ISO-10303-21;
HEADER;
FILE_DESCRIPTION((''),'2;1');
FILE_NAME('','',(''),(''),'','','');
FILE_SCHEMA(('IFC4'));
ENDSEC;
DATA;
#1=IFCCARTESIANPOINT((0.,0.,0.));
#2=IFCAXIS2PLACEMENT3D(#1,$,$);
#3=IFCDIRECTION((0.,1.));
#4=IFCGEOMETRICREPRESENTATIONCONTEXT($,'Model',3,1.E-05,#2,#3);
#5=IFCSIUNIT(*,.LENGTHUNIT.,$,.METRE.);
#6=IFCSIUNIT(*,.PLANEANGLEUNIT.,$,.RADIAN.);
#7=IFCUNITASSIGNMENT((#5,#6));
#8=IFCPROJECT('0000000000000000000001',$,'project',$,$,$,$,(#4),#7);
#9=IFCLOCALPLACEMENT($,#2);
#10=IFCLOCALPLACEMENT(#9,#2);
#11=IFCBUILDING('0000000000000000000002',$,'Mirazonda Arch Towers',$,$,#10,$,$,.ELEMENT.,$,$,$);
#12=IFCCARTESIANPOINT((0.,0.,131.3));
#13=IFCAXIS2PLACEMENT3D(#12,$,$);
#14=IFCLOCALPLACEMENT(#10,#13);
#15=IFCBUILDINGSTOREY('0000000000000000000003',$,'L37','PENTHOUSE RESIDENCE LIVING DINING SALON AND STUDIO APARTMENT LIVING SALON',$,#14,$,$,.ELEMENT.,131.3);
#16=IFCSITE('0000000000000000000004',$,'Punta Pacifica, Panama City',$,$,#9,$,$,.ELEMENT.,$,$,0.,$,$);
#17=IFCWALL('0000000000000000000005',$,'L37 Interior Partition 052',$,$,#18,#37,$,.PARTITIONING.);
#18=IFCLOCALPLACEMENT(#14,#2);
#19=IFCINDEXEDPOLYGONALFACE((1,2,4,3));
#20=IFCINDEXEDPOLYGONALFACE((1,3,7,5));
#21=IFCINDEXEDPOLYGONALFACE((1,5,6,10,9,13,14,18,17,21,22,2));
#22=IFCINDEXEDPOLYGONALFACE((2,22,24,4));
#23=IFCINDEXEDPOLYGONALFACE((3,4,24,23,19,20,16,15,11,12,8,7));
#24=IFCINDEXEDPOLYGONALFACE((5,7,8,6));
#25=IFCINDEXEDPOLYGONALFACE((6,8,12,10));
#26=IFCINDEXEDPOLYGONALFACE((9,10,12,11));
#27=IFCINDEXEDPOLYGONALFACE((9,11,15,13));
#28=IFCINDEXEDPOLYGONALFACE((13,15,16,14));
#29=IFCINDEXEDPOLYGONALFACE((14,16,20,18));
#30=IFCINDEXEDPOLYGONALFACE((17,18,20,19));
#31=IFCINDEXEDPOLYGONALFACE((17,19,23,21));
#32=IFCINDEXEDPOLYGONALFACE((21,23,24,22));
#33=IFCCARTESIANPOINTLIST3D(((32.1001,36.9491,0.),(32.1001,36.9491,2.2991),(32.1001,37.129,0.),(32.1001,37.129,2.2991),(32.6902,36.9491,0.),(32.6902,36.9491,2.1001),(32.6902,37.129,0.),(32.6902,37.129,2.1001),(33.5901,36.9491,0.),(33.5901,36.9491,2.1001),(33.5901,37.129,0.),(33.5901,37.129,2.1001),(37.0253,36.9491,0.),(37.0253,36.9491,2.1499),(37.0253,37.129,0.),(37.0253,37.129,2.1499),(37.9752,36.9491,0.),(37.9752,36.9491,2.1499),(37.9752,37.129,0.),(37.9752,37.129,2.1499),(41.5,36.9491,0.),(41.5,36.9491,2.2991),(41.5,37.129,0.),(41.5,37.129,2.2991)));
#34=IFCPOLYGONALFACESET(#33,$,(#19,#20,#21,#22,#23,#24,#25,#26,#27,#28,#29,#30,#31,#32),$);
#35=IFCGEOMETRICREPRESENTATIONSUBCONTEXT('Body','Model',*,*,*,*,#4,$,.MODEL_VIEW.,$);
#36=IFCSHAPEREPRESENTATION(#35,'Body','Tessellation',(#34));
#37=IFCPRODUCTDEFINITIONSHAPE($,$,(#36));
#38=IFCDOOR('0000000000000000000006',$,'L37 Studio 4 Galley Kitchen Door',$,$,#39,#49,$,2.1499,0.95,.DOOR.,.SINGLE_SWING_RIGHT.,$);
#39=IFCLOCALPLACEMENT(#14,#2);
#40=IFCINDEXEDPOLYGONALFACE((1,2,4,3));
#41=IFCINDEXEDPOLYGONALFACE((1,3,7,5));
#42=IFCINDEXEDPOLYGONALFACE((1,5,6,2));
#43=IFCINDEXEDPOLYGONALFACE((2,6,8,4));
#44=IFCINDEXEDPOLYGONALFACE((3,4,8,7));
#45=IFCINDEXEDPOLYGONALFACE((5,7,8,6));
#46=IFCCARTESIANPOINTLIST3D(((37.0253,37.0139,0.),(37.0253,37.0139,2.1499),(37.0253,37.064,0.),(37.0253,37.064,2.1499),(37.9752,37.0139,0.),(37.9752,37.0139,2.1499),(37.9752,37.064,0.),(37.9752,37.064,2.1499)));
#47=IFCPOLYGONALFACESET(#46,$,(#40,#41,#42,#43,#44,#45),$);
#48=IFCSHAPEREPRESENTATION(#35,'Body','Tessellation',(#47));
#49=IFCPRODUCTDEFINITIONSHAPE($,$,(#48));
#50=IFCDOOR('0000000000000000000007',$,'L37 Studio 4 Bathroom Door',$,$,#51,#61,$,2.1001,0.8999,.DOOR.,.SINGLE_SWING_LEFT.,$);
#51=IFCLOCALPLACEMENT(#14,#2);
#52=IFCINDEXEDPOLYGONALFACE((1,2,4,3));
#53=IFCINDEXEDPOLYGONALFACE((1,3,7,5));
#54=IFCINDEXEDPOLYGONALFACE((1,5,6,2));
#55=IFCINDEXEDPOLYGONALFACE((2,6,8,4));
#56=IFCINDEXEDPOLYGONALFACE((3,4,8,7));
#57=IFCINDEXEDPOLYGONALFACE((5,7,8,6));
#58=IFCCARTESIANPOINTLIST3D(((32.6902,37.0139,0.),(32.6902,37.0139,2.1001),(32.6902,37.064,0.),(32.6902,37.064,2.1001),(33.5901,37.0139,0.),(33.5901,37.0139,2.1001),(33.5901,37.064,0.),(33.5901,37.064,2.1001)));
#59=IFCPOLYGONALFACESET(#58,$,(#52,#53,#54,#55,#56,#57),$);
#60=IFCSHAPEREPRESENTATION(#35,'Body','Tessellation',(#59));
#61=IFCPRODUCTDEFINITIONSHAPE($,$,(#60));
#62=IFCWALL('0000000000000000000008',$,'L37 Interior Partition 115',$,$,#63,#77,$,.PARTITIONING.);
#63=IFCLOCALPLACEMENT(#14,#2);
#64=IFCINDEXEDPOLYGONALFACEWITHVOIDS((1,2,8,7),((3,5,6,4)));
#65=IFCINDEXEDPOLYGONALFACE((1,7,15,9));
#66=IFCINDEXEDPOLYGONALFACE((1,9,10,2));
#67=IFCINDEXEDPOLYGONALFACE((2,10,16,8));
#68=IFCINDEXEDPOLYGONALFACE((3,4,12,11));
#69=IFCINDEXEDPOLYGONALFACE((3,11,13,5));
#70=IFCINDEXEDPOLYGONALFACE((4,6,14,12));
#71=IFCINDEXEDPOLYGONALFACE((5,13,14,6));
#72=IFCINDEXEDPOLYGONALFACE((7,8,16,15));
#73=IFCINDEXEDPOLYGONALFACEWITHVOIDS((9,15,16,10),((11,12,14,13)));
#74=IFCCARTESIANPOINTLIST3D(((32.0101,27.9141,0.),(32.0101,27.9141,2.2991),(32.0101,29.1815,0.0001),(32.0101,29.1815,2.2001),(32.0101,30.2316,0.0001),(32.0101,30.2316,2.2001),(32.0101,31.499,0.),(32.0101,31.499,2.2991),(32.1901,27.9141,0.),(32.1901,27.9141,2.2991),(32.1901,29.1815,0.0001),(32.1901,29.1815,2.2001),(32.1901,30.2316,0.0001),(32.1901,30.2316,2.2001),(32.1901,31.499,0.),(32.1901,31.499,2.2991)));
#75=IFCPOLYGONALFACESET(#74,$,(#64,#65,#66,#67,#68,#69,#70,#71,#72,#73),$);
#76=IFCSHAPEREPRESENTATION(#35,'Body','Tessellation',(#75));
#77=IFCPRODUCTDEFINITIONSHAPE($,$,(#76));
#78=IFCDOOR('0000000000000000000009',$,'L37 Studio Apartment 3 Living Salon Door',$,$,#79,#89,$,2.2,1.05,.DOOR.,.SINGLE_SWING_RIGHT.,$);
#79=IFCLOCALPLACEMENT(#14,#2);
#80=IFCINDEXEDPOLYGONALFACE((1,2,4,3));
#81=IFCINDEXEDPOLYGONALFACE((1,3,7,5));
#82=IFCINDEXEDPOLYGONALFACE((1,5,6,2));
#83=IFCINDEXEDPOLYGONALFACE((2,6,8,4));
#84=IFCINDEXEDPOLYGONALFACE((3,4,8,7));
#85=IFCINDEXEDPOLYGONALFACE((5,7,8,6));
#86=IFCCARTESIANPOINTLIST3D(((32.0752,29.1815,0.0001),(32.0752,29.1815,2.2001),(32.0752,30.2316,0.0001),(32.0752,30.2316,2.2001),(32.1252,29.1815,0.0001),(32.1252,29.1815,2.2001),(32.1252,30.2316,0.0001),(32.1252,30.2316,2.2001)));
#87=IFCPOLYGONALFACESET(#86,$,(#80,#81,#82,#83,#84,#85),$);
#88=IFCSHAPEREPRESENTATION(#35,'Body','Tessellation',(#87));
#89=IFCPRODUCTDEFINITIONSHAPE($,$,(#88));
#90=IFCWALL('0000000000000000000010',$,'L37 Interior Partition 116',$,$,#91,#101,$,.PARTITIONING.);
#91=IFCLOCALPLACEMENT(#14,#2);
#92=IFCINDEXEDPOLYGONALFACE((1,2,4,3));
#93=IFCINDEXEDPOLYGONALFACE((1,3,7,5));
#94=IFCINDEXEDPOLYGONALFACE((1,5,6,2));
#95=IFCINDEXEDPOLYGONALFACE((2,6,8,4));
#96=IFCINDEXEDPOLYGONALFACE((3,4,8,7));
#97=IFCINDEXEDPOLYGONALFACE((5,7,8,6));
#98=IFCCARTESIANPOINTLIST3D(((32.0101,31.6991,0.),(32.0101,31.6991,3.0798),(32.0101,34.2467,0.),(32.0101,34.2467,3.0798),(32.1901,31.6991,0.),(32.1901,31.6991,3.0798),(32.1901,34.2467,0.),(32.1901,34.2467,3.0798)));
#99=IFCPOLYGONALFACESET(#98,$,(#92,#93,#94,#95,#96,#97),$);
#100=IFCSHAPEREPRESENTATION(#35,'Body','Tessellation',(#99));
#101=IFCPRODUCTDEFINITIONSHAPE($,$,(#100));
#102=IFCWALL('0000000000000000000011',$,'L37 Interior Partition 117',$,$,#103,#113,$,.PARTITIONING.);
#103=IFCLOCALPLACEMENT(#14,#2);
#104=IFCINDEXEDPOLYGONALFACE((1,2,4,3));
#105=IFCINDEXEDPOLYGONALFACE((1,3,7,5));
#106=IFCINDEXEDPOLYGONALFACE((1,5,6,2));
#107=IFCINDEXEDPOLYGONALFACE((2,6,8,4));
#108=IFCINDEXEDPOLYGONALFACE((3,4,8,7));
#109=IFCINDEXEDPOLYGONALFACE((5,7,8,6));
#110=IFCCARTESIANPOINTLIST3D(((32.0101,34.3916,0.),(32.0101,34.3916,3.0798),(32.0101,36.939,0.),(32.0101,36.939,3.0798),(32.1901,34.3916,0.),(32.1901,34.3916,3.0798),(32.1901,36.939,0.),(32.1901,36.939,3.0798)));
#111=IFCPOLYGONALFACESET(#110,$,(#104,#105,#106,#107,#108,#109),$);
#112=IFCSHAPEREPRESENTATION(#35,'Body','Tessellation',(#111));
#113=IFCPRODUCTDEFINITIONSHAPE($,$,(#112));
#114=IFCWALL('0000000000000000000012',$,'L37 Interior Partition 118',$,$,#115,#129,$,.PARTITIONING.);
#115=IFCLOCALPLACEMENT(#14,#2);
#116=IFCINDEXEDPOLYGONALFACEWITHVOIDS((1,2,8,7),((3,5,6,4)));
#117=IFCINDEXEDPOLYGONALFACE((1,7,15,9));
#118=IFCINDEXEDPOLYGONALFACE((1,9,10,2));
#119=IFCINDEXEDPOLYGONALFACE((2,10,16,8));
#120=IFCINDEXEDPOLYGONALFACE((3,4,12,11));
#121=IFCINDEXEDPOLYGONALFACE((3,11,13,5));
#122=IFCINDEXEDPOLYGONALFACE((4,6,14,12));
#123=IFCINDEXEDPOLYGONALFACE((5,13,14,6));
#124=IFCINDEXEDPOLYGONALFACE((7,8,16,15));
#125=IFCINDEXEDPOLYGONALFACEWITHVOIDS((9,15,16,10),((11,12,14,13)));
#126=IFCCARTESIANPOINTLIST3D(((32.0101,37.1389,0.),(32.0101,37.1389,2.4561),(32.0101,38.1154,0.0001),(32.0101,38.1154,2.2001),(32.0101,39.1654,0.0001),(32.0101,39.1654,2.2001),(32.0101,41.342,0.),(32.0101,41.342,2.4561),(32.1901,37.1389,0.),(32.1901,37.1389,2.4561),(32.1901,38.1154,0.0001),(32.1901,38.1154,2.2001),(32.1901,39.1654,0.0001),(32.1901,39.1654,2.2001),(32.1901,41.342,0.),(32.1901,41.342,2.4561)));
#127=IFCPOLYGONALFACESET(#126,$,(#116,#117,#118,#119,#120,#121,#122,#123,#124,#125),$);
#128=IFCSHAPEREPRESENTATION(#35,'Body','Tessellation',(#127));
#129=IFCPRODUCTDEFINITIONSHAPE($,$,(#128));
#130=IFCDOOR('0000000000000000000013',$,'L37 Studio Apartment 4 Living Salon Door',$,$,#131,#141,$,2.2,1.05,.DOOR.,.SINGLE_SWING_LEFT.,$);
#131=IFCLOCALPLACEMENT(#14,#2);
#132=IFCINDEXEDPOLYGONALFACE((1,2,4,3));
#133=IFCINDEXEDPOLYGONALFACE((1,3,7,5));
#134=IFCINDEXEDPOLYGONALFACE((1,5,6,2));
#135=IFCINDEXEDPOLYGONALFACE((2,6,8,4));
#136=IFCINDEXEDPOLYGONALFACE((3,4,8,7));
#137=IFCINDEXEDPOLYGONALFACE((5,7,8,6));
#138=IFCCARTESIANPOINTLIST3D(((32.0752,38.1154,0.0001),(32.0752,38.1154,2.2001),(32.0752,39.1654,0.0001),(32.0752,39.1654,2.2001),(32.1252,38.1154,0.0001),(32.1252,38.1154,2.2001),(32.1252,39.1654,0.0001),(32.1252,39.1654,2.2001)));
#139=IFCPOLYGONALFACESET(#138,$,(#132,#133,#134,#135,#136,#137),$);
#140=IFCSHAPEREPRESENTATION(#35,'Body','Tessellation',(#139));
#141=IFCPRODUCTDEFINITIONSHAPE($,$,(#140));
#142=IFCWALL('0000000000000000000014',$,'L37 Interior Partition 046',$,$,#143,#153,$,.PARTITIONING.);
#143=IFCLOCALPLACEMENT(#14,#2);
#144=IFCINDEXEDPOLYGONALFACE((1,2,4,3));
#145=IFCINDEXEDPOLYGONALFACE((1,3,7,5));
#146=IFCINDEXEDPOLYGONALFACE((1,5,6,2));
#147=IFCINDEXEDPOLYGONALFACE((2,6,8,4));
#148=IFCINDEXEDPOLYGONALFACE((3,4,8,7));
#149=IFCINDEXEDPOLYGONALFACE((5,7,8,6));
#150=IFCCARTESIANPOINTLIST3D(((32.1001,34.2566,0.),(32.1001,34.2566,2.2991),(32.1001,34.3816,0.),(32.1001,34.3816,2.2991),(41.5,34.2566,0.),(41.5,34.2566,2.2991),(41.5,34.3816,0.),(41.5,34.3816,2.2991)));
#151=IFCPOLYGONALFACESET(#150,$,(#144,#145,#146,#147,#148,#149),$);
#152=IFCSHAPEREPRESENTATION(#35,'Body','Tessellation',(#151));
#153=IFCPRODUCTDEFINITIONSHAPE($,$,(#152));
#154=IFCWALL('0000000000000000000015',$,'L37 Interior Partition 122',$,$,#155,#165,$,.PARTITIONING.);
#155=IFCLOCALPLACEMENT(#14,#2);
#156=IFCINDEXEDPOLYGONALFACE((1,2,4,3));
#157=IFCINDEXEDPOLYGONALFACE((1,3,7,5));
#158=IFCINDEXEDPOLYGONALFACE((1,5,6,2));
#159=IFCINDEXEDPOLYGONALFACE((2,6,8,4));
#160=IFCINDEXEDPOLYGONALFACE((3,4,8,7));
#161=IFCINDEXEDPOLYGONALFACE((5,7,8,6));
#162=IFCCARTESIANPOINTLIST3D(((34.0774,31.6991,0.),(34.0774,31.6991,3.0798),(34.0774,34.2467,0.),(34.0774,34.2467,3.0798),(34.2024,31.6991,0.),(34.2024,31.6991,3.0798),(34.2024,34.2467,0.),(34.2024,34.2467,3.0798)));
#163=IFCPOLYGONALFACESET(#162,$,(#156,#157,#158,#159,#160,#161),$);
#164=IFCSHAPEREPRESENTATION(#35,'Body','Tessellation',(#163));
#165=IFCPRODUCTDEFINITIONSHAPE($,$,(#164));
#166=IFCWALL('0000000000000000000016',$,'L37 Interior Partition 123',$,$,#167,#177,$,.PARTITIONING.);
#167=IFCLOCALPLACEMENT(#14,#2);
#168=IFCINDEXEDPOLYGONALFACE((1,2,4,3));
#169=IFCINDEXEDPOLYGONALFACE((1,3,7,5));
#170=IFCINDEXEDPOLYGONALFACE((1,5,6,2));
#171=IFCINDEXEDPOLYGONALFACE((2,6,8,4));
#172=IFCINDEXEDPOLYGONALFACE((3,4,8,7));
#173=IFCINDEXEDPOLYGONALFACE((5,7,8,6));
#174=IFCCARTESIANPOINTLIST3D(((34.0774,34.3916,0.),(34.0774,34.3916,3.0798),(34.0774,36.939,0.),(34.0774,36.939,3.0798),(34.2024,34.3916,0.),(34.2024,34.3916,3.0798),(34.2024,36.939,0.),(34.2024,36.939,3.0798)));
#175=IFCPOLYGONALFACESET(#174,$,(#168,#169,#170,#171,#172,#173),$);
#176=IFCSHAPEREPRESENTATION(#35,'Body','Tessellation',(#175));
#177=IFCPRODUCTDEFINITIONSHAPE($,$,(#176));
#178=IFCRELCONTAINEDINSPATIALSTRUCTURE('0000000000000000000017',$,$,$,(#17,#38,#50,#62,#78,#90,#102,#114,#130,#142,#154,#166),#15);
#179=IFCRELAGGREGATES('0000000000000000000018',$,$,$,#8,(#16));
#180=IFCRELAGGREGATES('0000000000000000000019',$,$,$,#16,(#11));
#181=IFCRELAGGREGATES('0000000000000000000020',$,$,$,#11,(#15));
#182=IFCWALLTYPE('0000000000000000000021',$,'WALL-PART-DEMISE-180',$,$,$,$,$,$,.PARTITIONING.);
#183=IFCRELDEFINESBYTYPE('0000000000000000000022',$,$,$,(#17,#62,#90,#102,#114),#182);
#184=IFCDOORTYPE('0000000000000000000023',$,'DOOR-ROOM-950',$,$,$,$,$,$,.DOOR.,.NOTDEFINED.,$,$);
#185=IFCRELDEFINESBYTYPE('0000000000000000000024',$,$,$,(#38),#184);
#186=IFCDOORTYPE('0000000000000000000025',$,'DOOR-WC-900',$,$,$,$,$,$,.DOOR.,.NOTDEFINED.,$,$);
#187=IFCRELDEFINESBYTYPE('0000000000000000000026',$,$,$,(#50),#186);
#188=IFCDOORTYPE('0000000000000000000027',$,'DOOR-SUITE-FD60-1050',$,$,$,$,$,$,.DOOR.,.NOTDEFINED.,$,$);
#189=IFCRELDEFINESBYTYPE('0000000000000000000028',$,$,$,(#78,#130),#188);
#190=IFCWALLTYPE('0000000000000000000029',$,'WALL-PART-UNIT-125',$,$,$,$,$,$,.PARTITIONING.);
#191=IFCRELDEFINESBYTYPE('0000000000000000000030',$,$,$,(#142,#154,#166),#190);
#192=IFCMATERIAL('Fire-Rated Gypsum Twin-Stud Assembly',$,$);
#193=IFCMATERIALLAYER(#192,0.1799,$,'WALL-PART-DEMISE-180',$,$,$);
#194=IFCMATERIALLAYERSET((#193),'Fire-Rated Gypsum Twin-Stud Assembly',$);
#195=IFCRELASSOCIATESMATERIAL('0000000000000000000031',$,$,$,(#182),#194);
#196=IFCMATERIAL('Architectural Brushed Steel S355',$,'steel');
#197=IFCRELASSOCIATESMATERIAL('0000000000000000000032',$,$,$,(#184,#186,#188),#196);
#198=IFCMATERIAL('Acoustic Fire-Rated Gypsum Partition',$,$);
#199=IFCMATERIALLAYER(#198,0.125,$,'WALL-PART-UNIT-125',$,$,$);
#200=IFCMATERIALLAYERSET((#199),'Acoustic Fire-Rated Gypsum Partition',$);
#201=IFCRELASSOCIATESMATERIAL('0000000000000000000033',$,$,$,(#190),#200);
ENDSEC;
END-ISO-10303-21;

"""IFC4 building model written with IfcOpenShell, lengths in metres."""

from ifc_helpers import new_model, si_unit, direction, frame, frame_2d, origin, place, context, subcontext, project, spatial, rectangle, extrude, material, layer, layer_set, type_object, element, fill, save


model = new_model("IFC4")

# Units and contexts
model_context = context("Model", 3, precision=1e-05, world=origin(), true_north=direction((0.0, 1.0)))
body_context = subcontext(model_context, "Body", "Model", "MODEL_VIEW")
ifc_project = project(units=[si_unit("LENGTHUNIT", "METRE"), si_unit("PLANEANGLEUNIT", "RADIAN")], contexts=[model_context])

# Site, building, storey
site_placement = place(None, origin())
site = spatial("IfcSite", under=ifc_project, at=site_placement, Name="Punta Pacifica, Panama City", CompositionType="ELEMENT", RefElevation=0.0)
building_placement = place(site_placement, origin())
building = spatial("IfcBuilding", under=site, at=building_placement, Name="Mirazonda Arch Towers", CompositionType="ELEMENT")
storey_placement = place(building_placement, frame((0.0, 0.0, 131.3)))
storey = spatial("IfcBuildingStorey", under=building, at=storey_placement, Name="L37", Description="PENTHOUSE RESIDENCE LIVING DINING SALON AND STUDIO APARTMENT LIVING SALON", CompositionType="ELEMENT", Elevation=131.3)

# Shared definitions
ifc_material_1 = material(Name="Fire-Rated Gypsum Twin-Stud Assembly")
ifc_layer_1 = layer(ifc_material_1, 0.1799, Name="WALL-PART-DEMISE-180")
ifc_layer_set_1 = layer_set([ifc_layer_1], Name="Fire-Rated Gypsum Twin-Stud Assembly")
wall_type_1 = type_object("IfcWallType", Name="WALL-PART-DEMISE-180", PredefinedType="PARTITIONING", material=ifc_layer_set_1)

# Wall, openings, doors
ifc_material_2 = material(Name="Architectural Brushed Steel S355", Category="steel")
door_type_1 = type_object("IfcDoorType", Name="DOOR-ROOM-950", OperationType="NOTDEFINED", PredefinedType="DOOR", material=ifc_material_2)
door_type_2 = type_object("IfcDoorType", Name="DOOR-WC-900", OperationType="NOTDEFINED", PredefinedType="DOOR", material=ifc_material_2)
wall_1_placement = place(storey_placement, frame((32.1001, 37.0391, 0.0), z_axis=(0.0, 0.0, 1.0), x_axis=(1.0, 0.0, 0.0)))
wall_1 = element("IfcWall", 1, at=wall_1_placement, inside=storey, type_object=wall_type_1, Name="L37 Interior Partition 052", PredefinedType="PARTITIONING", context=body_context, shape_type="SweptSolid", body=[
    extrude(rectangle(XDim=9.3999, YDim=0.1799, at=frame_2d((4.7, 0.0))), origin(), (0.0, 0.0, 1.0), 2.2991),
])
opening_1_placement = place(wall_1_placement, frame((4.925, 0.0, 0.0)))
opening_1 = element("IfcOpeningElement", 2, at=opening_1_placement, cuts=wall_1, PredefinedType="OPENING", context=body_context, shape_type="SweptSolid", body=[
    extrude(rectangle(XDim=0.95, YDim=2.1499, at=frame_2d((0.4751, 1.075))), frame((0.0, 0.0999, 0.0), z_axis=(0.0, -1.0, 0.0), x_axis=(1.0, 0.0, 0.0)), (0.0, 0.0, 1.0), 0.2),
])
opening_2_placement = place(wall_1_placement, frame((0.5901, 0.0, 0.0)))
opening_2 = element("IfcOpeningElement", 3, at=opening_2_placement, cuts=wall_1, PredefinedType="OPENING", context=body_context, shape_type="SweptSolid", body=[
    extrude(rectangle(XDim=0.8999, YDim=2.1001, at=frame_2d((0.45, 1.05))), frame((0.0, 0.0999, 0.0), z_axis=(0.0, -1.0, 0.0), x_axis=(1.0, 0.0, 0.0)), (0.0, 0.0, 1.0), 0.2),
])
door_1_placement = place(opening_1_placement, origin())
door_1 = element("IfcDoor", 4, at=door_1_placement, inside=storey, type_object=door_type_1, Name="L37 Studio 4 Galley Kitchen Door", OperationType="SINGLE_SWING_RIGHT", OverallHeight=2.1499, OverallWidth=0.95, PredefinedType="DOOR", context=body_context, shape_type="SweptSolid", body=[
    extrude(rectangle(XDim=0.95, YDim=2.1499, at=frame_2d((0.4751, 1.075))), frame((0.0, 0.0249, 0.0), z_axis=(0.0, -1.0, 0.0), x_axis=(1.0, 0.0, 0.0)), (0.0, 0.0, 1.0), 0.05),
])
fill(opening_1, door_1)
door_2_placement = place(opening_2_placement, origin())
door_2 = element("IfcDoor", 5, at=door_2_placement, inside=storey, type_object=door_type_2, Name="L37 Studio 4 Bathroom Door", OperationType="SINGLE_SWING_LEFT", OverallHeight=2.1001, OverallWidth=0.8999, PredefinedType="DOOR", context=body_context, shape_type="SweptSolid", body=[
    extrude(rectangle(XDim=0.8999, YDim=2.1001, at=frame_2d((0.45, 1.05))), frame((0.0, 0.0249, 0.0), z_axis=(0.0, -1.0, 0.0), x_axis=(1.0, 0.0, 0.0)), (0.0, 0.0, 1.0), 0.05),
])
fill(opening_2, door_2)

# Wall, opening, door
wall_2_placement = place(storey_placement, frame((32.1001, 27.9141, 0.0), z_axis=(0.0, 0.0, 1.0), x_axis=(0.0, 1.0, 0.0)))
wall_2 = element("IfcWall", 6, at=wall_2_placement, inside=storey, type_object=wall_type_1, Name="L37 Interior Partition 115", PredefinedType="PARTITIONING", context=body_context, shape_type="SweptSolid", body=[
    extrude(rectangle(XDim=3.585, YDim=0.1799, at=frame_2d((1.7925, 0.0))), origin(), (0.0, 0.0, 1.0), 2.2991),
])
opening_3_placement = place(wall_2_placement, frame((1.2676, 0.0, 0.0)))
opening_3 = element("IfcOpeningElement", 7, at=opening_3_placement, cuts=wall_2, PredefinedType="OPENING", context=body_context, shape_type="SweptSolid", body=[
    extrude(rectangle(XDim=1.05, YDim=2.2, at=frame_2d((0.5249, 1.1001))), frame((0.0, 0.0999, 0.0), z_axis=(0.0, -1.0, 0.0), x_axis=(1.0, 0.0, 0.0)), (0.0, 0.0, 1.0), 0.2),
])
door_type_3 = type_object("IfcDoorType", Name="DOOR-SUITE-FD60-1050", OperationType="NOTDEFINED", PredefinedType="DOOR", material=ifc_material_2)
door_3_placement = place(opening_3_placement, origin())
door_3 = element("IfcDoor", 8, at=door_3_placement, inside=storey, type_object=door_type_3, Name="L37 Studio Apartment 3 Living Salon Door", OperationType="SINGLE_SWING_RIGHT", OverallHeight=2.2, OverallWidth=1.05, PredefinedType="DOOR", context=body_context, shape_type="SweptSolid", body=[
    extrude(rectangle(XDim=1.05, YDim=2.2, at=frame_2d((0.5249, 1.1001))), frame((0.0, 0.0249, 0.0), z_axis=(0.0, -1.0, 0.0), x_axis=(1.0, 0.0, 0.0)), (0.0, 0.0, 1.0), 0.05),
])
fill(opening_3, door_3)

# Walls
wall_3_placement = place(storey_placement, frame((32.1001, 31.699, 0.0), z_axis=(0.0, 0.0, 1.0), x_axis=(0.0, 1.0, 0.0)))
element("IfcWall", 9, at=wall_3_placement, inside=storey, type_object=wall_type_1, Name="L37 Interior Partition 116", PredefinedType="PARTITIONING", context=body_context, shape_type="SweptSolid", body=[
    extrude(rectangle(XDim=2.5476, YDim=0.1799, at=frame_2d((1.2739, 0.0))), origin(), (0.0, 0.0, 1.0), 3.0798),
])
wall_4_placement = place(storey_placement, frame((32.1001, 34.3916, 0.0), z_axis=(0.0, 0.0, 1.0), x_axis=(0.0, 1.0, 0.0)))
element("IfcWall", 10, at=wall_4_placement, inside=storey, type_object=wall_type_1, Name="L37 Interior Partition 117", PredefinedType="PARTITIONING", context=body_context, shape_type="SweptSolid", body=[
    extrude(rectangle(XDim=2.5474, YDim=0.1799, at=frame_2d((1.2737, 0.0))), origin(), (0.0, 0.0, 1.0), 3.0798),
])

# Wall, opening, door
wall_5_placement = place(storey_placement, frame((32.1001, 37.1389, 0.0), z_axis=(0.0, 0.0, 1.0), x_axis=(0.0, 1.0, 0.0)))
wall_5 = element("IfcWall", 11, at=wall_5_placement, inside=storey, type_object=wall_type_1, Name="L37 Interior Partition 118", PredefinedType="PARTITIONING", context=body_context, shape_type="SweptSolid", body=[
    extrude(rectangle(XDim=4.2031, YDim=0.1799, at=frame_2d((2.1016, 0.0))), origin(), (0.0, 0.0, 1.0), 2.4561),
])
opening_4_placement = place(wall_5_placement, frame((0.9766, 0.0, 0.0)))
opening_4 = element("IfcOpeningElement", 12, at=opening_4_placement, cuts=wall_5, PredefinedType="OPENING", context=body_context, shape_type="SweptSolid", body=[
    extrude(rectangle(XDim=1.05, YDim=2.2, at=frame_2d((0.5249, 1.1001))), frame((0.0, 0.0999, 0.0), z_axis=(0.0, -1.0, 0.0), x_axis=(1.0, 0.0, 0.0)), (0.0, 0.0, 1.0), 0.2),
])
door_4_placement = place(opening_4_placement, origin())
door_4 = element("IfcDoor", 13, at=door_4_placement, inside=storey, type_object=door_type_3, Name="L37 Studio Apartment 4 Living Salon Door", OperationType="SINGLE_SWING_LEFT", OverallHeight=2.2, OverallWidth=1.05, PredefinedType="DOOR", context=body_context, shape_type="SweptSolid", body=[
    extrude(rectangle(XDim=1.05, YDim=2.2, at=frame_2d((0.5249, 1.1001))), frame((0.0, 0.0249, 0.0), z_axis=(0.0, -1.0, 0.0), x_axis=(1.0, 0.0, 0.0)), (0.0, 0.0, 1.0), 0.05),
])
fill(opening_4, door_4)

# Walls
ifc_material_3 = material(Name="Acoustic Fire-Rated Gypsum Partition")
ifc_layer_2 = layer(ifc_material_3, 0.125, Name="WALL-PART-UNIT-125")
ifc_layer_set_2 = layer_set([ifc_layer_2], Name="Acoustic Fire-Rated Gypsum Partition")
wall_type_2 = type_object("IfcWallType", Name="WALL-PART-UNIT-125", PredefinedType="PARTITIONING", material=ifc_layer_set_2)
wall_6_placement = place(storey_placement, frame((32.1001, 34.3191, 0.0), z_axis=(0.0, 0.0, 1.0), x_axis=(1.0, 0.0, 0.0)))
element("IfcWall", 14, at=wall_6_placement, inside=storey, type_object=wall_type_2, Name="L37 Interior Partition 046", PredefinedType="PARTITIONING", context=body_context, shape_type="SweptSolid", body=[
    extrude(rectangle(XDim=9.3999, YDim=0.125, at=frame_2d((4.7, 0.0))), origin(), (0.0, 0.0, 1.0), 2.2991),
])
wall_7_placement = place(storey_placement, frame((34.1399, 31.699, 0.0), z_axis=(0.0, 0.0, 1.0), x_axis=(0.0, 1.0, 0.0)))
element("IfcWall", 15, at=wall_7_placement, inside=storey, type_object=wall_type_2, Name="L37 Interior Partition 122", PredefinedType="PARTITIONING", context=body_context, shape_type="SweptSolid", body=[
    extrude(rectangle(XDim=2.5476, YDim=0.125, at=frame_2d((1.2739, 0.0))), origin(), (0.0, 0.0, 1.0), 3.0798),
])
wall_8_placement = place(storey_placement, frame((34.1399, 34.3916, 0.0), z_axis=(0.0, 0.0, 1.0), x_axis=(0.0, 1.0, 0.0)))
element("IfcWall", 16, at=wall_8_placement, inside=storey, type_object=wall_type_2, Name="L37 Interior Partition 123", PredefinedType="PARTITIONING", context=body_context, shape_type="SweptSolid", body=[
    extrude(rectangle(XDim=2.5474, YDim=0.125, at=frame_2d((1.2737, 0.0))), origin(), (0.0, 0.0, 1.0), 3.0798),
])

save(model, "model.ifc")
